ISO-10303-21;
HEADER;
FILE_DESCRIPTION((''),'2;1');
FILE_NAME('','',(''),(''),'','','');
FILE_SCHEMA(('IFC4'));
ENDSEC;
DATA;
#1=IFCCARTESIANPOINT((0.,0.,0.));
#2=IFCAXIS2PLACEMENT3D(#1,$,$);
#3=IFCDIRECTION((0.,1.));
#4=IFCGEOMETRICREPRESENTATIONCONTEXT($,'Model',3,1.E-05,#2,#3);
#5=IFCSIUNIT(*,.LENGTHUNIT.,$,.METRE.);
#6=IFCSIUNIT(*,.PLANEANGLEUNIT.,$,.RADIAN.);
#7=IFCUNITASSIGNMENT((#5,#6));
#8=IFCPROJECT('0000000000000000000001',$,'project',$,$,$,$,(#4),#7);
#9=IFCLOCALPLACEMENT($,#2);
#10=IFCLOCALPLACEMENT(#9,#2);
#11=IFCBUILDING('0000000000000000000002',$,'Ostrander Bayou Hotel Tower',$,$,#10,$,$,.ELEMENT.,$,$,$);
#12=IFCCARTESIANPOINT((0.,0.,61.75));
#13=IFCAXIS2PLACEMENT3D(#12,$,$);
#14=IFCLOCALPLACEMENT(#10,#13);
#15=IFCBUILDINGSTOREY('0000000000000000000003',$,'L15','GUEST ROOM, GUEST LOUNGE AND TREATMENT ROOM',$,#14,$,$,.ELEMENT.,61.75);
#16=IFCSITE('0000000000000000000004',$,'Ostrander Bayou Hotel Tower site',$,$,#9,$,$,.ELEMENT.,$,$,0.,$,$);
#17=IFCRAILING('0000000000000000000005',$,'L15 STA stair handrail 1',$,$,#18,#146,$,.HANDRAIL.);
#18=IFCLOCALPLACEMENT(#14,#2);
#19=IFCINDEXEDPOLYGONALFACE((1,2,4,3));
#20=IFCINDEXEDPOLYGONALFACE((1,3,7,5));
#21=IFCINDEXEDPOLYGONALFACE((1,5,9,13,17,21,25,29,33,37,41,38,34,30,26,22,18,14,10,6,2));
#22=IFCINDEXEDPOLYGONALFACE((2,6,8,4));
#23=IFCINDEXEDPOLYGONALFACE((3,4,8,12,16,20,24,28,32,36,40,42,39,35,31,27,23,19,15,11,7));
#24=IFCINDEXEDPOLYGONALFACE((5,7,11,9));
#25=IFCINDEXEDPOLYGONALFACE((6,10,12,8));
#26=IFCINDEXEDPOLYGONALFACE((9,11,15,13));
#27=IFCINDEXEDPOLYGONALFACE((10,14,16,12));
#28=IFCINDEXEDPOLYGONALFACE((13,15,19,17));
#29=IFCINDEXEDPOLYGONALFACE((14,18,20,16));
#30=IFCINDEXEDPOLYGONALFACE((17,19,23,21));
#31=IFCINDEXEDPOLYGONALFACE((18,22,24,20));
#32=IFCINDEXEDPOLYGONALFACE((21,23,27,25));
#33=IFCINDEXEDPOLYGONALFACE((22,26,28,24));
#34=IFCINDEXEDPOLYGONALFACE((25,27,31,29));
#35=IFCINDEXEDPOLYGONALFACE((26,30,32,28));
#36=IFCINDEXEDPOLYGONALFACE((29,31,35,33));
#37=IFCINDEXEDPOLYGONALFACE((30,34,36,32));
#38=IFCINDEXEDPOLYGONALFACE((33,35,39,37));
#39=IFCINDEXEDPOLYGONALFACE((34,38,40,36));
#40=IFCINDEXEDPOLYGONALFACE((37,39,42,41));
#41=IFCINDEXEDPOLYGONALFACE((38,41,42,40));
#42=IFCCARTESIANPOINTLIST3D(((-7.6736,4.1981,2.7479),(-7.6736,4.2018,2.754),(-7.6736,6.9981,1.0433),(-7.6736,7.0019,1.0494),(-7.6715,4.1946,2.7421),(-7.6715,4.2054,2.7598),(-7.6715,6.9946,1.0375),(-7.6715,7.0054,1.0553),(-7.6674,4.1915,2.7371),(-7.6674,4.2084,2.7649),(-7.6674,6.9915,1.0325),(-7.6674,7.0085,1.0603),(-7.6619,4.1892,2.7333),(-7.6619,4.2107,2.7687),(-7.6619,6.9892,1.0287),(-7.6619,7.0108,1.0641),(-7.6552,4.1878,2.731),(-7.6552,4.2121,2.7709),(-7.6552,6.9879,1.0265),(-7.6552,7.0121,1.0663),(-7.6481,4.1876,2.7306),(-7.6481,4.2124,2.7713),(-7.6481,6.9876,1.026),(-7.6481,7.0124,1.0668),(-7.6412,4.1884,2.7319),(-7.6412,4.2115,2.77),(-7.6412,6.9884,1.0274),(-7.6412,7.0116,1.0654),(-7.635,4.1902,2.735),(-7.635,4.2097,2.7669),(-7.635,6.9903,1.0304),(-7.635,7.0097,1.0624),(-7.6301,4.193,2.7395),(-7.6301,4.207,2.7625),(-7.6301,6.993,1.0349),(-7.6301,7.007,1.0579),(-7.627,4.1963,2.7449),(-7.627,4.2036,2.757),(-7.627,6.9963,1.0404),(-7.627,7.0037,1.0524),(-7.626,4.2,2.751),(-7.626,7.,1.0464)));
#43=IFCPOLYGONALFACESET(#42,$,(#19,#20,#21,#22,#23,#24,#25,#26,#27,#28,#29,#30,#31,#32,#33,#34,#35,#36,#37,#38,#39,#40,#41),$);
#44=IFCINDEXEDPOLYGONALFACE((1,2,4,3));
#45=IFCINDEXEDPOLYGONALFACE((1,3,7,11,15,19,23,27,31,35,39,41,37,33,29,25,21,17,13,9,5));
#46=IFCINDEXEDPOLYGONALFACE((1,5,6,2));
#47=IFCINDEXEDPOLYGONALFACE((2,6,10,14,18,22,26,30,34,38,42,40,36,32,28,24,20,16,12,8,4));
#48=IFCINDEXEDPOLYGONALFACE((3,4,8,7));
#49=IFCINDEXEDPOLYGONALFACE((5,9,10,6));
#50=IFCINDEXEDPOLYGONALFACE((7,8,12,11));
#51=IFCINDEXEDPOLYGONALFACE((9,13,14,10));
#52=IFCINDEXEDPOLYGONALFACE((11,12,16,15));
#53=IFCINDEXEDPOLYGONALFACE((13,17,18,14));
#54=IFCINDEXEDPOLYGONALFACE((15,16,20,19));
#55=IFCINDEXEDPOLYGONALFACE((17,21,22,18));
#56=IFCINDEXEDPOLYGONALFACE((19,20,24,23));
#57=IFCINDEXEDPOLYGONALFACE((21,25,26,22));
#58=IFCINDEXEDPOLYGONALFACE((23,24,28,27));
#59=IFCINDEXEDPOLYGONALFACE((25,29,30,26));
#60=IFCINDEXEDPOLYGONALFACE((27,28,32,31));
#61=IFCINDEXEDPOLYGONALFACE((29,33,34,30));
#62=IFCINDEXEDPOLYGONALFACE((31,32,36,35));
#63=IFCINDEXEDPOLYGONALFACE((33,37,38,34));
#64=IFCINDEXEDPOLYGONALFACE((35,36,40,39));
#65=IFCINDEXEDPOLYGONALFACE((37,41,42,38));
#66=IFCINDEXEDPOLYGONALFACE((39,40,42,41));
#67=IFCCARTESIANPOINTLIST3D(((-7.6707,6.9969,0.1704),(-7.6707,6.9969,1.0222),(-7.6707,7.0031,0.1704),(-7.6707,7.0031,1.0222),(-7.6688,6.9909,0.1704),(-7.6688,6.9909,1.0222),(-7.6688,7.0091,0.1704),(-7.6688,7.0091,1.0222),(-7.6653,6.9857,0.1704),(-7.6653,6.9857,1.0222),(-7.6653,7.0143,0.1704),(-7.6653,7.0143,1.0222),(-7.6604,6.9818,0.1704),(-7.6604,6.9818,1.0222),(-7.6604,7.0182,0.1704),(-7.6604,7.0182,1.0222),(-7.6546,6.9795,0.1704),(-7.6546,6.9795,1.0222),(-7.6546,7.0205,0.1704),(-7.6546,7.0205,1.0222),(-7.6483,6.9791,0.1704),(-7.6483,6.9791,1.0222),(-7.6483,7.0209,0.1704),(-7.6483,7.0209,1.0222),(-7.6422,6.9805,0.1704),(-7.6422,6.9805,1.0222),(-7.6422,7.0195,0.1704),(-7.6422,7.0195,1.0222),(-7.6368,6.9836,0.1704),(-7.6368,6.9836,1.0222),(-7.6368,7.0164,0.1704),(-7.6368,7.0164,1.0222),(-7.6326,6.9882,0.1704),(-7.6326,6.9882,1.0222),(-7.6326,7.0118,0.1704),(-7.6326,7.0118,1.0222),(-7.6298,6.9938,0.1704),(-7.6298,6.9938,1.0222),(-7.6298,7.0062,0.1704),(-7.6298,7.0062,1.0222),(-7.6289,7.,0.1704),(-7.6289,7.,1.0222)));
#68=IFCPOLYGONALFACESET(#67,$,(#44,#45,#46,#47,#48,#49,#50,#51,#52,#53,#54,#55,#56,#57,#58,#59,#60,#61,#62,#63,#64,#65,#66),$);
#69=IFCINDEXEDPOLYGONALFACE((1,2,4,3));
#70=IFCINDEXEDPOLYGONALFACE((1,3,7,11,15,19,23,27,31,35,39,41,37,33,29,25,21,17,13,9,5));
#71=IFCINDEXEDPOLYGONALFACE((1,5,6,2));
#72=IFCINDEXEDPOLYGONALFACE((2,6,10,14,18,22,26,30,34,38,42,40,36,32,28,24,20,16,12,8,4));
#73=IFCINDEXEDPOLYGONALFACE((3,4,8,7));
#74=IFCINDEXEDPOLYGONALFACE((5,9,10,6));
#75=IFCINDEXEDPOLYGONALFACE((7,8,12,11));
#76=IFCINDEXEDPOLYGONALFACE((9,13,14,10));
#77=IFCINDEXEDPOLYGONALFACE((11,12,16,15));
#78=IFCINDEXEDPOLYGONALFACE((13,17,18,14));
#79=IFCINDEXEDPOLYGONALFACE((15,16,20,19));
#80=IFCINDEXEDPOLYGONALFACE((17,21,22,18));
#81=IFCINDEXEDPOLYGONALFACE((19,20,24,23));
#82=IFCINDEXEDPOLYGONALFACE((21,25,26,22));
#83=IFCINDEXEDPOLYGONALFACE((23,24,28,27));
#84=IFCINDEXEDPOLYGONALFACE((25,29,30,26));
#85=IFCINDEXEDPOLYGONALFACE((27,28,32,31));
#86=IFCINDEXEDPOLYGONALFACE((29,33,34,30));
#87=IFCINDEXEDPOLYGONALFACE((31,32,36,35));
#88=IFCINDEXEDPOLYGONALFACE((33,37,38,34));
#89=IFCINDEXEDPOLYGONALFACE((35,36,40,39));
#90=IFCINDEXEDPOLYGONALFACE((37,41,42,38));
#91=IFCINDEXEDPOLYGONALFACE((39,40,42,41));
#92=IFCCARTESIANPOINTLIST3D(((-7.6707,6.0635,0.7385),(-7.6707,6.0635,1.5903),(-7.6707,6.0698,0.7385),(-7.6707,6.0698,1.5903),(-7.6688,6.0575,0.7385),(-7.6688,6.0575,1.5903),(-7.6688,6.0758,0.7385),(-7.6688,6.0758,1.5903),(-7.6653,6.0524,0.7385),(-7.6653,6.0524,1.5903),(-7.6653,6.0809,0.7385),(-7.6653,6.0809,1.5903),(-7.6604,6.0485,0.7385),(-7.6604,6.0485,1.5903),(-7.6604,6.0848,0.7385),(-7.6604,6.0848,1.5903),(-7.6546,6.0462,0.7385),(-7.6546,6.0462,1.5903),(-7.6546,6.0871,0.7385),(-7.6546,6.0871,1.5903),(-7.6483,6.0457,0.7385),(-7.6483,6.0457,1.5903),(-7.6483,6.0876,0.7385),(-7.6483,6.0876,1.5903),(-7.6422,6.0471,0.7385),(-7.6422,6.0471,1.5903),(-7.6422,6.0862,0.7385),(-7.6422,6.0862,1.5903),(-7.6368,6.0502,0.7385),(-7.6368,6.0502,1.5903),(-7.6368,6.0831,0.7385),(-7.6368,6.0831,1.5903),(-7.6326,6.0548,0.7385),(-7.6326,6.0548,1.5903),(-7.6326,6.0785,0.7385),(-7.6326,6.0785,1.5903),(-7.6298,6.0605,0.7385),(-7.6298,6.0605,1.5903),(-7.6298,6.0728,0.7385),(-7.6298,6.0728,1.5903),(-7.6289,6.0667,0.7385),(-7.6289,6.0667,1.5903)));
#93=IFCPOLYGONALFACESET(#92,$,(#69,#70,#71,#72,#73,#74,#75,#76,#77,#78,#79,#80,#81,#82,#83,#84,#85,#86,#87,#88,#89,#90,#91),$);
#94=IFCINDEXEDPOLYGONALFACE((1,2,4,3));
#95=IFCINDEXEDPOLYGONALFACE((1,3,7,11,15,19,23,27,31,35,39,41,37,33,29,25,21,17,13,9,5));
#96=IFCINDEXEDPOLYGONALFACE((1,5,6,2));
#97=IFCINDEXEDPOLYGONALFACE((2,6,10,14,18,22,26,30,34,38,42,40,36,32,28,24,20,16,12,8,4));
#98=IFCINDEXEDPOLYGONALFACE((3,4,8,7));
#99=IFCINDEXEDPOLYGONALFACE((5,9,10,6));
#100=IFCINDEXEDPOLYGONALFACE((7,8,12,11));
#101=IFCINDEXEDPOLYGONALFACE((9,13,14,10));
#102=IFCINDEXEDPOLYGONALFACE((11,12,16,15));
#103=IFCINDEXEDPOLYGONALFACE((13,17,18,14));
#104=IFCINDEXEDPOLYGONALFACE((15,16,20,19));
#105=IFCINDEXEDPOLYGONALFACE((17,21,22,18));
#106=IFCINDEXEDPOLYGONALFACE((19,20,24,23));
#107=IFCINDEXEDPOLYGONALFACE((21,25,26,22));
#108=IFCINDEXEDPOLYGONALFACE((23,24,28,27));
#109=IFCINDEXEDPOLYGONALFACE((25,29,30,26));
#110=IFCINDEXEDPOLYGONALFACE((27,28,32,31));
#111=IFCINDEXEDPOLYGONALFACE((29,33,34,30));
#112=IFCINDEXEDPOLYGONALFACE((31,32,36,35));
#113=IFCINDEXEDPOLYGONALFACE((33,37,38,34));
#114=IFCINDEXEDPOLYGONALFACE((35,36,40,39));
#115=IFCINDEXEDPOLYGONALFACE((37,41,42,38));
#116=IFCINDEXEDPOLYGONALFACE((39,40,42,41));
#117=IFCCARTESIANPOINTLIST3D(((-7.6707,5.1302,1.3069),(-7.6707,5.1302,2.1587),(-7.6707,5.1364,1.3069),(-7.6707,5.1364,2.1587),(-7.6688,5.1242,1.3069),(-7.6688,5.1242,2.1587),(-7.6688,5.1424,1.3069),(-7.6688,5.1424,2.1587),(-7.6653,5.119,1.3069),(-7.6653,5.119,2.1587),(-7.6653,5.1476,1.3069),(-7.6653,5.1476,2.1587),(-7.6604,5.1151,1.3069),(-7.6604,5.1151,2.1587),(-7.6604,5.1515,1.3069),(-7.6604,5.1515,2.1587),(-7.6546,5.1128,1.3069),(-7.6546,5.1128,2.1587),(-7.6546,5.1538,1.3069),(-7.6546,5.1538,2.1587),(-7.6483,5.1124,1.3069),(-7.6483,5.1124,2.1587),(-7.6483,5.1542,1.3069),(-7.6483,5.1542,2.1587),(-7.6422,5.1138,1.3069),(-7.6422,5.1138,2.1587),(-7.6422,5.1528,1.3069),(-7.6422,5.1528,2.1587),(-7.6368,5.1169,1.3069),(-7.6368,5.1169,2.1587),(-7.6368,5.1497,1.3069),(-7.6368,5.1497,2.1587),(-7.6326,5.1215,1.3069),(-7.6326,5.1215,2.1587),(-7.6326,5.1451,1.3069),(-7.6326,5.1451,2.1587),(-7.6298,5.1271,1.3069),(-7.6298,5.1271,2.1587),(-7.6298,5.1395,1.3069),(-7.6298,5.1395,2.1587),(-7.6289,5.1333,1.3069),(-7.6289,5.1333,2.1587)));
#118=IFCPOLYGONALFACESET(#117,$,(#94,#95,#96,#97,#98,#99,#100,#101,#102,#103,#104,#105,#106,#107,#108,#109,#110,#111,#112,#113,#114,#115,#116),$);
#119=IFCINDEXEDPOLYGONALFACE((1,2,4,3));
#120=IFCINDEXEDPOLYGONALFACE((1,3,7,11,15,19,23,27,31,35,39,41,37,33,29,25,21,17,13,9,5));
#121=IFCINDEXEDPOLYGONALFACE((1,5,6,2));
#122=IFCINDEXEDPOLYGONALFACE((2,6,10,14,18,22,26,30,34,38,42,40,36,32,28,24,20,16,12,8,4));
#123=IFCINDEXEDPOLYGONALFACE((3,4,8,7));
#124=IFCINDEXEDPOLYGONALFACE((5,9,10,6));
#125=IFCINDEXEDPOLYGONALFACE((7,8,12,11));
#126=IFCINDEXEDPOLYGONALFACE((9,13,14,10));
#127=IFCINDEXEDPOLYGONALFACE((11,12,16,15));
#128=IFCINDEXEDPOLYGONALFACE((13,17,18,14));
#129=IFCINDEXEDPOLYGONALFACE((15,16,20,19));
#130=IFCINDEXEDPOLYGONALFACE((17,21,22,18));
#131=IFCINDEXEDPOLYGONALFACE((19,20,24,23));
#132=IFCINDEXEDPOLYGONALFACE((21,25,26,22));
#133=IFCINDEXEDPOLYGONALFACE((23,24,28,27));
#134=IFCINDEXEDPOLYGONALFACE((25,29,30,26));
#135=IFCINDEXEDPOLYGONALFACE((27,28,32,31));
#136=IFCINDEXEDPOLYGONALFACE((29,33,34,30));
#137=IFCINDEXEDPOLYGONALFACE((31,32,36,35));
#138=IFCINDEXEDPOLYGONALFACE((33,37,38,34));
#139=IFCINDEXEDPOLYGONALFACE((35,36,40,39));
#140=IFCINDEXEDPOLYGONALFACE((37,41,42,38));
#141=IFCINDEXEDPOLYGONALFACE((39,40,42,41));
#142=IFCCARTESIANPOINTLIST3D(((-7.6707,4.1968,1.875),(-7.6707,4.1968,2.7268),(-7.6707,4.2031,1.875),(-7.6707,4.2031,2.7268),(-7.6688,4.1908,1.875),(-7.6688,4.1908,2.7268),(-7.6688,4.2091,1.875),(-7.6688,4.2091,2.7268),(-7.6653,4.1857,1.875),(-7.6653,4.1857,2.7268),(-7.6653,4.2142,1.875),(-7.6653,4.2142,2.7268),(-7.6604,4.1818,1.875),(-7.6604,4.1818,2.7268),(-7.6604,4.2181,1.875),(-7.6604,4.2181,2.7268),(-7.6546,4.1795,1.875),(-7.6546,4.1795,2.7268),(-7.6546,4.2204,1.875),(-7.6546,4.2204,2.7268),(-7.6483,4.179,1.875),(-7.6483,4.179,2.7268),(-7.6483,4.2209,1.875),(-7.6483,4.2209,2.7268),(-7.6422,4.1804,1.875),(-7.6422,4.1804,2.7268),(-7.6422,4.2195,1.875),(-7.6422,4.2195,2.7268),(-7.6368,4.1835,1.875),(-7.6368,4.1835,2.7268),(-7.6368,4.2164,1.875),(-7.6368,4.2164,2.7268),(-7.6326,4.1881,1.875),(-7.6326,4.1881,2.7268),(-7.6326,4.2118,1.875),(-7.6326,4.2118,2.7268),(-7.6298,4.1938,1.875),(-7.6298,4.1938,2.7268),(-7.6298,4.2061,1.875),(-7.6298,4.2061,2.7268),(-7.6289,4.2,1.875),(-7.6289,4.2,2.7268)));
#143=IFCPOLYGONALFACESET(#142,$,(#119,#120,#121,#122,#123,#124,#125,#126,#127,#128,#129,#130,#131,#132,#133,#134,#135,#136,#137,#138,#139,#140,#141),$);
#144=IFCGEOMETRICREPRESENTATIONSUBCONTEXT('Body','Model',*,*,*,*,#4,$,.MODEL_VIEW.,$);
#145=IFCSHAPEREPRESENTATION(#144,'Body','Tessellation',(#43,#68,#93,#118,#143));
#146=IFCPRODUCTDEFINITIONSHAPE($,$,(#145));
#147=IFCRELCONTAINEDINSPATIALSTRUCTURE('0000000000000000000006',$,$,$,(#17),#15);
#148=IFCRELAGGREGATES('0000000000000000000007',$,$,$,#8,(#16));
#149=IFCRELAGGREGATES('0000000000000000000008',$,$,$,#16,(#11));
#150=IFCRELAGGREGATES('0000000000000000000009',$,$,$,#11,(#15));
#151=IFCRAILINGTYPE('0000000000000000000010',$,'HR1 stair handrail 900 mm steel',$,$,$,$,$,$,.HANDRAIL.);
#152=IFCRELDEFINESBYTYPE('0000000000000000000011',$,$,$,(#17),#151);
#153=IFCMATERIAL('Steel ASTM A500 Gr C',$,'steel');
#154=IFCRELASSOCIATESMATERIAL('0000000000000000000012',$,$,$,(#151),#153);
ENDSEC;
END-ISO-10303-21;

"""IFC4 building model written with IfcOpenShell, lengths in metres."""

from ifc_helpers import new_model, si_unit, direction, frame, origin, origin_2d, place, context, subcontext, project, spatial, circle, extrude, material, type_object, element, save


model = new_model("IFC4")

# Units and contexts
model_context = context("Model", 3, precision=1e-05, world=origin(), true_north=direction((0.0, 1.0)))
body_context = subcontext(model_context, "Body", "Model", "MODEL_VIEW")
ifc_project = project(units=[si_unit("LENGTHUNIT", "METRE"), si_unit("PLANEANGLEUNIT", "RADIAN")], contexts=[model_context])

# Site, building, storey
site_placement = place(None, origin())
site = spatial("IfcSite", under=ifc_project, at=site_placement, Name="Ostrander Bayou Hotel Tower site", CompositionType="ELEMENT", RefElevation=0.0)
building_placement = place(site_placement, origin())
building = spatial("IfcBuilding", under=site, at=building_placement, Name="Ostrander Bayou Hotel Tower", CompositionType="ELEMENT")
storey_placement = place(building_placement, frame((0.0, 0.0, 61.75)))
storey = spatial("IfcBuildingStorey", under=building, at=storey_placement, Name="L15", Description="GUEST ROOM, GUEST LOUNGE AND TREATMENT ROOM", CompositionType="ELEMENT", Elevation=61.75)

# Railing
ifc_material_1 = material(Name="Steel ASTM A500 Gr C", Category="steel")
railing_type_1 = type_object("IfcRailingType", Name="HR1 stair handrail 900 mm steel", PredefinedType="HANDRAIL", material=ifc_material_1)
railing_1_placement = place(storey_placement, frame((-7.6499, 7.0, 0.1704)))
element("IfcRailing", 1, at=railing_1_placement, inside=storey, type_object=railing_type_1, Name="L15 STA stair handrail 1", PredefinedType="HANDRAIL", context=body_context, shape_type="SweptSolid", body=[
    extrude(circle(Radius=0.0239, at=origin_2d()), frame((0.0, 0.0, 0.876), z_axis=(0.0, -0.85417, 0.519994), x_axis=(1.0, 0.0, 0.0)), (0.0, 0.0, 1.0), 3.2781),
    extrude(circle(Radius=0.021, at=origin_2d()), origin(), (0.0, 0.0, 1.0), 0.8518),
    extrude(circle(Radius=0.021, at=origin_2d()), frame((0.0, -0.9333, 0.5681)), (0.0, 0.0, 1.0), 0.8518),
    extrude(circle(Radius=0.021, at=origin_2d()), frame((0.0, -1.8667, 1.1365)), (0.0, 0.0, 1.0), 0.8518),
    extrude(circle(Radius=0.021, at=origin_2d()), frame((0.0, -2.8, 1.7046)), (0.0, 0.0, 1.0), 0.8518),
])

save(model, "model.ifc")
